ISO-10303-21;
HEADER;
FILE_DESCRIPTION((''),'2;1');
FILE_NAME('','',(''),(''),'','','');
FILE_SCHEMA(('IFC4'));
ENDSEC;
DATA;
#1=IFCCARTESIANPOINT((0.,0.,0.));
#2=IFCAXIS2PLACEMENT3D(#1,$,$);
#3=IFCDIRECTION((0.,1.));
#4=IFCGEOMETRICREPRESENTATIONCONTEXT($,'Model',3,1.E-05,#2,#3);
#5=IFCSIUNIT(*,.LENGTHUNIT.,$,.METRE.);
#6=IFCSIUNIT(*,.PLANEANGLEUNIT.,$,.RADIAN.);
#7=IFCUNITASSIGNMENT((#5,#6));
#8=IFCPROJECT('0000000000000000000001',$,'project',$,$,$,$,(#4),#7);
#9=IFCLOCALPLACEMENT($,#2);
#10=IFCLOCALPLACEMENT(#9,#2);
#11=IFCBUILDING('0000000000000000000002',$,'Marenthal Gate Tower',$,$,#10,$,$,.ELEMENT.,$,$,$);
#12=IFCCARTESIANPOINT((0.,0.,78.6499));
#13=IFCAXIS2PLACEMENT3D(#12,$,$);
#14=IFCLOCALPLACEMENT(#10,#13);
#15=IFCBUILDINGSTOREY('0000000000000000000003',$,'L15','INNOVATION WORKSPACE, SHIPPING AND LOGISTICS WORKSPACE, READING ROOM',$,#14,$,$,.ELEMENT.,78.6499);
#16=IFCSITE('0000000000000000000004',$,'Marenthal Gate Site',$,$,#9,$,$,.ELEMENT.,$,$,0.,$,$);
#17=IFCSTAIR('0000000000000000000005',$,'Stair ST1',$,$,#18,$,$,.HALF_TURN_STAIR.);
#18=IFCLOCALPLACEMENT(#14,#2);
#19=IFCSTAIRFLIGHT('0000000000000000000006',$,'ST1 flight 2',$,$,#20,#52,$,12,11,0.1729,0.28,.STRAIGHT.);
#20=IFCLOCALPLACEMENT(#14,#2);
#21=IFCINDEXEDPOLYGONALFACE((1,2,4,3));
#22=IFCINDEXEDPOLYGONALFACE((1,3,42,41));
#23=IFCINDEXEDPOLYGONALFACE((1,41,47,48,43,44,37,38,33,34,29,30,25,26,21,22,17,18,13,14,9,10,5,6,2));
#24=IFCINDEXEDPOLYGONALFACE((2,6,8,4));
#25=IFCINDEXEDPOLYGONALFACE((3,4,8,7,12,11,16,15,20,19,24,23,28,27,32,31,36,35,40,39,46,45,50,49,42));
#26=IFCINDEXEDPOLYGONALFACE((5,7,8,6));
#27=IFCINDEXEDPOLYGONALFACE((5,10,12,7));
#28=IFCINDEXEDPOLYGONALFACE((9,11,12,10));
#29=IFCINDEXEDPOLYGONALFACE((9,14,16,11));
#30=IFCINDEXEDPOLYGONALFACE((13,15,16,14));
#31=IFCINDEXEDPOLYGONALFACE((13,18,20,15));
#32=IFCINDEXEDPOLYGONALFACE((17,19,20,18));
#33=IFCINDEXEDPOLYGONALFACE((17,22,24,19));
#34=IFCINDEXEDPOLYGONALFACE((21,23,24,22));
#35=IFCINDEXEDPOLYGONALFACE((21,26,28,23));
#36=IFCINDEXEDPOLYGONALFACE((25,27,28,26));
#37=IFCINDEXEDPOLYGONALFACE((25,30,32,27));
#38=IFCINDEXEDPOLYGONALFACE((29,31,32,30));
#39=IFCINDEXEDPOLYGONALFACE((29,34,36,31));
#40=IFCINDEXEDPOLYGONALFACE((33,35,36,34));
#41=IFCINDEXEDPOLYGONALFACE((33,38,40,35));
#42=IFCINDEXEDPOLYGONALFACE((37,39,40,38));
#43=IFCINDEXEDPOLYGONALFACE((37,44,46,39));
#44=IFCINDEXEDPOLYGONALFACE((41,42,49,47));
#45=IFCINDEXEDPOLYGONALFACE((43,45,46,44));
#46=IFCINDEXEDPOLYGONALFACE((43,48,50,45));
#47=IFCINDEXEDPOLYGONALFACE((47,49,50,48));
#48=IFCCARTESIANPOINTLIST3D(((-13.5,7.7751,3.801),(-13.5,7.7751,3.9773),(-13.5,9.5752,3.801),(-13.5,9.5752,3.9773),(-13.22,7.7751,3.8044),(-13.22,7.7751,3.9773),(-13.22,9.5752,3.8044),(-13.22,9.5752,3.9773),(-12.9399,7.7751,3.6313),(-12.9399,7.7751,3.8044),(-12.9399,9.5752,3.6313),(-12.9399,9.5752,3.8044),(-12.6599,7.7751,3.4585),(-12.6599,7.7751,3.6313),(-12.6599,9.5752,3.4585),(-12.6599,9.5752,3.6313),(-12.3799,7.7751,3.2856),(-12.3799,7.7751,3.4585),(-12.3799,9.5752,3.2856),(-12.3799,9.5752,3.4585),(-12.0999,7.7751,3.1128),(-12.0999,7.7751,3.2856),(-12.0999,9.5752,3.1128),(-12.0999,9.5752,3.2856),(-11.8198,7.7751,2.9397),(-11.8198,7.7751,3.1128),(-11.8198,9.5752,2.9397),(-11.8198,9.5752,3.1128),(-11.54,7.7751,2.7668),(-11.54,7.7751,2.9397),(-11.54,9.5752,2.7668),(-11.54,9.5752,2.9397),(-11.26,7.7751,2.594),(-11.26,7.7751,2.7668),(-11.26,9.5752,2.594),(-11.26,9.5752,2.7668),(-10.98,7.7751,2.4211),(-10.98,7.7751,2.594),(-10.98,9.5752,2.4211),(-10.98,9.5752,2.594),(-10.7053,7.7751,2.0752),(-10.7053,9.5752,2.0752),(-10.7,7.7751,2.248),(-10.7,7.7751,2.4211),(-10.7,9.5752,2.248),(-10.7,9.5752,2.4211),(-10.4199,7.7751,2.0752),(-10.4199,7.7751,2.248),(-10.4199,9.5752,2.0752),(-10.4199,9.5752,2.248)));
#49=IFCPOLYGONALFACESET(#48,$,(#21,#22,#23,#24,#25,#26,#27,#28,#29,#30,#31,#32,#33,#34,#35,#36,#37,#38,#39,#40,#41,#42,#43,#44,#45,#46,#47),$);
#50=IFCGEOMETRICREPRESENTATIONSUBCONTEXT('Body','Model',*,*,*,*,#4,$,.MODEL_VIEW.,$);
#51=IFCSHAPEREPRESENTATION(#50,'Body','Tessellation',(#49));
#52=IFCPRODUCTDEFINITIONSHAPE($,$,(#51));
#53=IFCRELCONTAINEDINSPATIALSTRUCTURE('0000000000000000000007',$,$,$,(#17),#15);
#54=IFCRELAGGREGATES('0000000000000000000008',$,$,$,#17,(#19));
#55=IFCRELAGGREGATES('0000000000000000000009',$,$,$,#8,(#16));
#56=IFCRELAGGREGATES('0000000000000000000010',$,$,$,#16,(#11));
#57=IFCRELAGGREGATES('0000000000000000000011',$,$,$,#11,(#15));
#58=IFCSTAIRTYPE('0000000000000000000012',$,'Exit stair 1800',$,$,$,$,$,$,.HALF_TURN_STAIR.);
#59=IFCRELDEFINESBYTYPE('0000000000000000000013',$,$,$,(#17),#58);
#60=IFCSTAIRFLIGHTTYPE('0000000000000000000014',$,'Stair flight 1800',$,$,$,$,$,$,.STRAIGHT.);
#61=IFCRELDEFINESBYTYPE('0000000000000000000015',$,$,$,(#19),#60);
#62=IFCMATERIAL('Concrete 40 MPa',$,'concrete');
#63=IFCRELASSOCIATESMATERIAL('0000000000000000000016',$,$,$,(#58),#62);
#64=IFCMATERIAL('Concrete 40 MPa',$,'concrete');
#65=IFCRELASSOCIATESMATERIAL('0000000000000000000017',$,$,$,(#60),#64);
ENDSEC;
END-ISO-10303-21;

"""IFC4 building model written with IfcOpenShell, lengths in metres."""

from ifc_helpers import new_model, si_unit, direction, frame, origin, place, context, subcontext, project, spatial, polyline, outline, extrude, material, type_object, element, aggregate, save


model = new_model("IFC4")

# Units and contexts
model_context = context("Model", 3, precision=1e-05, world=origin(), true_north=direction((0.0, 1.0)))
body_context = subcontext(model_context, "Body", "Model", "MODEL_VIEW")
ifc_project = project(units=[si_unit("LENGTHUNIT", "METRE"), si_unit("PLANEANGLEUNIT", "RADIAN")], contexts=[model_context])

# Site, building, storey
site_placement = place(None, origin())
site = spatial("IfcSite", under=ifc_project, at=site_placement, Name="Marenthal Gate Site", CompositionType="ELEMENT", RefElevation=0.0)
building_placement = place(site_placement, origin())
building = spatial("IfcBuilding", under=site, at=building_placement, Name="Marenthal Gate Tower", CompositionType="ELEMENT")
storey_placement = place(building_placement, frame((0.0, 0.0, 78.6499)))
storey = spatial("IfcBuildingStorey", under=building, at=storey_placement, Name="L15", Description="INNOVATION WORKSPACE, SHIPPING AND LOGISTICS WORKSPACE, READING ROOM", CompositionType="ELEMENT", Elevation=78.6499)

# Stair, stair flight
ifc_material_1 = material(Name="Concrete 40 MPa", Category="concrete")
stair_type = type_object("IfcStairType", Name="Exit stair 1800", PredefinedType="HALF_TURN_STAIR", material=ifc_material_1)
stair_placement = place(storey_placement, origin())
stair = element("IfcStair", 1, at=stair_placement, inside=storey, type_object=stair_type, Name="Stair ST1", PredefinedType="HALF_TURN_STAIR")
ifc_material_2 = material(Name="Concrete 40 MPa", Category="concrete")
stair_flight_type = type_object("IfcStairFlightType", Name="Stair flight 1800", PredefinedType="STRAIGHT", material=ifc_material_2)
stair_flight_1_placement = place(storey_placement, frame((-10.4199, 8.675, 2.0752), z_axis=(0.0, 0.0, 1.0), x_axis=(-1.0, 0.0, 0.0)))
stair_flight_1 = element("IfcStairFlight", 2, at=stair_flight_1_placement, type_object=stair_flight_type, Name="ST1 flight 2", NumberOfRisers=12, NumberOfTreads=11, PredefinedType="STRAIGHT", RiserHeight=0.1729, TreadLength=0.28, context=body_context, shape_type="SweptSolid", body=[
    extrude(outline(polyline([(0.0, 0.0), (0.0, 0.1729), (0.28, 0.1729), (0.28, 0.3459), (0.5601, 0.3459), (0.5601, 0.5188), (0.8401, 0.5188), (0.8401, 0.6917), (1.1201, 0.6917), (1.1201, 0.8645), (1.3999, 0.8645), (1.3999, 1.0376), (1.6799, 1.0376), (1.6799, 1.2104), (1.96, 1.2104), (1.96, 1.3833), (2.24, 1.3833), (2.24, 1.5562), (2.52, 1.5562), (2.52, 1.7292), (2.8, 1.7292), (2.8, 1.9021), (3.0801, 1.9021), (3.0801, 2.075), (3.0801, 1.7258), (0.2854, 0.0), (0.0, 0.0)])), frame((0.0, 0.8999, 0.0), z_axis=(0.0, -1.0, 0.0), x_axis=(1.0, 0.0, 0.0)), (0.0, 0.0, 1.0), 1.8),
])
aggregate(stair, [stair_flight_1])

save(model, "model.ifc")
